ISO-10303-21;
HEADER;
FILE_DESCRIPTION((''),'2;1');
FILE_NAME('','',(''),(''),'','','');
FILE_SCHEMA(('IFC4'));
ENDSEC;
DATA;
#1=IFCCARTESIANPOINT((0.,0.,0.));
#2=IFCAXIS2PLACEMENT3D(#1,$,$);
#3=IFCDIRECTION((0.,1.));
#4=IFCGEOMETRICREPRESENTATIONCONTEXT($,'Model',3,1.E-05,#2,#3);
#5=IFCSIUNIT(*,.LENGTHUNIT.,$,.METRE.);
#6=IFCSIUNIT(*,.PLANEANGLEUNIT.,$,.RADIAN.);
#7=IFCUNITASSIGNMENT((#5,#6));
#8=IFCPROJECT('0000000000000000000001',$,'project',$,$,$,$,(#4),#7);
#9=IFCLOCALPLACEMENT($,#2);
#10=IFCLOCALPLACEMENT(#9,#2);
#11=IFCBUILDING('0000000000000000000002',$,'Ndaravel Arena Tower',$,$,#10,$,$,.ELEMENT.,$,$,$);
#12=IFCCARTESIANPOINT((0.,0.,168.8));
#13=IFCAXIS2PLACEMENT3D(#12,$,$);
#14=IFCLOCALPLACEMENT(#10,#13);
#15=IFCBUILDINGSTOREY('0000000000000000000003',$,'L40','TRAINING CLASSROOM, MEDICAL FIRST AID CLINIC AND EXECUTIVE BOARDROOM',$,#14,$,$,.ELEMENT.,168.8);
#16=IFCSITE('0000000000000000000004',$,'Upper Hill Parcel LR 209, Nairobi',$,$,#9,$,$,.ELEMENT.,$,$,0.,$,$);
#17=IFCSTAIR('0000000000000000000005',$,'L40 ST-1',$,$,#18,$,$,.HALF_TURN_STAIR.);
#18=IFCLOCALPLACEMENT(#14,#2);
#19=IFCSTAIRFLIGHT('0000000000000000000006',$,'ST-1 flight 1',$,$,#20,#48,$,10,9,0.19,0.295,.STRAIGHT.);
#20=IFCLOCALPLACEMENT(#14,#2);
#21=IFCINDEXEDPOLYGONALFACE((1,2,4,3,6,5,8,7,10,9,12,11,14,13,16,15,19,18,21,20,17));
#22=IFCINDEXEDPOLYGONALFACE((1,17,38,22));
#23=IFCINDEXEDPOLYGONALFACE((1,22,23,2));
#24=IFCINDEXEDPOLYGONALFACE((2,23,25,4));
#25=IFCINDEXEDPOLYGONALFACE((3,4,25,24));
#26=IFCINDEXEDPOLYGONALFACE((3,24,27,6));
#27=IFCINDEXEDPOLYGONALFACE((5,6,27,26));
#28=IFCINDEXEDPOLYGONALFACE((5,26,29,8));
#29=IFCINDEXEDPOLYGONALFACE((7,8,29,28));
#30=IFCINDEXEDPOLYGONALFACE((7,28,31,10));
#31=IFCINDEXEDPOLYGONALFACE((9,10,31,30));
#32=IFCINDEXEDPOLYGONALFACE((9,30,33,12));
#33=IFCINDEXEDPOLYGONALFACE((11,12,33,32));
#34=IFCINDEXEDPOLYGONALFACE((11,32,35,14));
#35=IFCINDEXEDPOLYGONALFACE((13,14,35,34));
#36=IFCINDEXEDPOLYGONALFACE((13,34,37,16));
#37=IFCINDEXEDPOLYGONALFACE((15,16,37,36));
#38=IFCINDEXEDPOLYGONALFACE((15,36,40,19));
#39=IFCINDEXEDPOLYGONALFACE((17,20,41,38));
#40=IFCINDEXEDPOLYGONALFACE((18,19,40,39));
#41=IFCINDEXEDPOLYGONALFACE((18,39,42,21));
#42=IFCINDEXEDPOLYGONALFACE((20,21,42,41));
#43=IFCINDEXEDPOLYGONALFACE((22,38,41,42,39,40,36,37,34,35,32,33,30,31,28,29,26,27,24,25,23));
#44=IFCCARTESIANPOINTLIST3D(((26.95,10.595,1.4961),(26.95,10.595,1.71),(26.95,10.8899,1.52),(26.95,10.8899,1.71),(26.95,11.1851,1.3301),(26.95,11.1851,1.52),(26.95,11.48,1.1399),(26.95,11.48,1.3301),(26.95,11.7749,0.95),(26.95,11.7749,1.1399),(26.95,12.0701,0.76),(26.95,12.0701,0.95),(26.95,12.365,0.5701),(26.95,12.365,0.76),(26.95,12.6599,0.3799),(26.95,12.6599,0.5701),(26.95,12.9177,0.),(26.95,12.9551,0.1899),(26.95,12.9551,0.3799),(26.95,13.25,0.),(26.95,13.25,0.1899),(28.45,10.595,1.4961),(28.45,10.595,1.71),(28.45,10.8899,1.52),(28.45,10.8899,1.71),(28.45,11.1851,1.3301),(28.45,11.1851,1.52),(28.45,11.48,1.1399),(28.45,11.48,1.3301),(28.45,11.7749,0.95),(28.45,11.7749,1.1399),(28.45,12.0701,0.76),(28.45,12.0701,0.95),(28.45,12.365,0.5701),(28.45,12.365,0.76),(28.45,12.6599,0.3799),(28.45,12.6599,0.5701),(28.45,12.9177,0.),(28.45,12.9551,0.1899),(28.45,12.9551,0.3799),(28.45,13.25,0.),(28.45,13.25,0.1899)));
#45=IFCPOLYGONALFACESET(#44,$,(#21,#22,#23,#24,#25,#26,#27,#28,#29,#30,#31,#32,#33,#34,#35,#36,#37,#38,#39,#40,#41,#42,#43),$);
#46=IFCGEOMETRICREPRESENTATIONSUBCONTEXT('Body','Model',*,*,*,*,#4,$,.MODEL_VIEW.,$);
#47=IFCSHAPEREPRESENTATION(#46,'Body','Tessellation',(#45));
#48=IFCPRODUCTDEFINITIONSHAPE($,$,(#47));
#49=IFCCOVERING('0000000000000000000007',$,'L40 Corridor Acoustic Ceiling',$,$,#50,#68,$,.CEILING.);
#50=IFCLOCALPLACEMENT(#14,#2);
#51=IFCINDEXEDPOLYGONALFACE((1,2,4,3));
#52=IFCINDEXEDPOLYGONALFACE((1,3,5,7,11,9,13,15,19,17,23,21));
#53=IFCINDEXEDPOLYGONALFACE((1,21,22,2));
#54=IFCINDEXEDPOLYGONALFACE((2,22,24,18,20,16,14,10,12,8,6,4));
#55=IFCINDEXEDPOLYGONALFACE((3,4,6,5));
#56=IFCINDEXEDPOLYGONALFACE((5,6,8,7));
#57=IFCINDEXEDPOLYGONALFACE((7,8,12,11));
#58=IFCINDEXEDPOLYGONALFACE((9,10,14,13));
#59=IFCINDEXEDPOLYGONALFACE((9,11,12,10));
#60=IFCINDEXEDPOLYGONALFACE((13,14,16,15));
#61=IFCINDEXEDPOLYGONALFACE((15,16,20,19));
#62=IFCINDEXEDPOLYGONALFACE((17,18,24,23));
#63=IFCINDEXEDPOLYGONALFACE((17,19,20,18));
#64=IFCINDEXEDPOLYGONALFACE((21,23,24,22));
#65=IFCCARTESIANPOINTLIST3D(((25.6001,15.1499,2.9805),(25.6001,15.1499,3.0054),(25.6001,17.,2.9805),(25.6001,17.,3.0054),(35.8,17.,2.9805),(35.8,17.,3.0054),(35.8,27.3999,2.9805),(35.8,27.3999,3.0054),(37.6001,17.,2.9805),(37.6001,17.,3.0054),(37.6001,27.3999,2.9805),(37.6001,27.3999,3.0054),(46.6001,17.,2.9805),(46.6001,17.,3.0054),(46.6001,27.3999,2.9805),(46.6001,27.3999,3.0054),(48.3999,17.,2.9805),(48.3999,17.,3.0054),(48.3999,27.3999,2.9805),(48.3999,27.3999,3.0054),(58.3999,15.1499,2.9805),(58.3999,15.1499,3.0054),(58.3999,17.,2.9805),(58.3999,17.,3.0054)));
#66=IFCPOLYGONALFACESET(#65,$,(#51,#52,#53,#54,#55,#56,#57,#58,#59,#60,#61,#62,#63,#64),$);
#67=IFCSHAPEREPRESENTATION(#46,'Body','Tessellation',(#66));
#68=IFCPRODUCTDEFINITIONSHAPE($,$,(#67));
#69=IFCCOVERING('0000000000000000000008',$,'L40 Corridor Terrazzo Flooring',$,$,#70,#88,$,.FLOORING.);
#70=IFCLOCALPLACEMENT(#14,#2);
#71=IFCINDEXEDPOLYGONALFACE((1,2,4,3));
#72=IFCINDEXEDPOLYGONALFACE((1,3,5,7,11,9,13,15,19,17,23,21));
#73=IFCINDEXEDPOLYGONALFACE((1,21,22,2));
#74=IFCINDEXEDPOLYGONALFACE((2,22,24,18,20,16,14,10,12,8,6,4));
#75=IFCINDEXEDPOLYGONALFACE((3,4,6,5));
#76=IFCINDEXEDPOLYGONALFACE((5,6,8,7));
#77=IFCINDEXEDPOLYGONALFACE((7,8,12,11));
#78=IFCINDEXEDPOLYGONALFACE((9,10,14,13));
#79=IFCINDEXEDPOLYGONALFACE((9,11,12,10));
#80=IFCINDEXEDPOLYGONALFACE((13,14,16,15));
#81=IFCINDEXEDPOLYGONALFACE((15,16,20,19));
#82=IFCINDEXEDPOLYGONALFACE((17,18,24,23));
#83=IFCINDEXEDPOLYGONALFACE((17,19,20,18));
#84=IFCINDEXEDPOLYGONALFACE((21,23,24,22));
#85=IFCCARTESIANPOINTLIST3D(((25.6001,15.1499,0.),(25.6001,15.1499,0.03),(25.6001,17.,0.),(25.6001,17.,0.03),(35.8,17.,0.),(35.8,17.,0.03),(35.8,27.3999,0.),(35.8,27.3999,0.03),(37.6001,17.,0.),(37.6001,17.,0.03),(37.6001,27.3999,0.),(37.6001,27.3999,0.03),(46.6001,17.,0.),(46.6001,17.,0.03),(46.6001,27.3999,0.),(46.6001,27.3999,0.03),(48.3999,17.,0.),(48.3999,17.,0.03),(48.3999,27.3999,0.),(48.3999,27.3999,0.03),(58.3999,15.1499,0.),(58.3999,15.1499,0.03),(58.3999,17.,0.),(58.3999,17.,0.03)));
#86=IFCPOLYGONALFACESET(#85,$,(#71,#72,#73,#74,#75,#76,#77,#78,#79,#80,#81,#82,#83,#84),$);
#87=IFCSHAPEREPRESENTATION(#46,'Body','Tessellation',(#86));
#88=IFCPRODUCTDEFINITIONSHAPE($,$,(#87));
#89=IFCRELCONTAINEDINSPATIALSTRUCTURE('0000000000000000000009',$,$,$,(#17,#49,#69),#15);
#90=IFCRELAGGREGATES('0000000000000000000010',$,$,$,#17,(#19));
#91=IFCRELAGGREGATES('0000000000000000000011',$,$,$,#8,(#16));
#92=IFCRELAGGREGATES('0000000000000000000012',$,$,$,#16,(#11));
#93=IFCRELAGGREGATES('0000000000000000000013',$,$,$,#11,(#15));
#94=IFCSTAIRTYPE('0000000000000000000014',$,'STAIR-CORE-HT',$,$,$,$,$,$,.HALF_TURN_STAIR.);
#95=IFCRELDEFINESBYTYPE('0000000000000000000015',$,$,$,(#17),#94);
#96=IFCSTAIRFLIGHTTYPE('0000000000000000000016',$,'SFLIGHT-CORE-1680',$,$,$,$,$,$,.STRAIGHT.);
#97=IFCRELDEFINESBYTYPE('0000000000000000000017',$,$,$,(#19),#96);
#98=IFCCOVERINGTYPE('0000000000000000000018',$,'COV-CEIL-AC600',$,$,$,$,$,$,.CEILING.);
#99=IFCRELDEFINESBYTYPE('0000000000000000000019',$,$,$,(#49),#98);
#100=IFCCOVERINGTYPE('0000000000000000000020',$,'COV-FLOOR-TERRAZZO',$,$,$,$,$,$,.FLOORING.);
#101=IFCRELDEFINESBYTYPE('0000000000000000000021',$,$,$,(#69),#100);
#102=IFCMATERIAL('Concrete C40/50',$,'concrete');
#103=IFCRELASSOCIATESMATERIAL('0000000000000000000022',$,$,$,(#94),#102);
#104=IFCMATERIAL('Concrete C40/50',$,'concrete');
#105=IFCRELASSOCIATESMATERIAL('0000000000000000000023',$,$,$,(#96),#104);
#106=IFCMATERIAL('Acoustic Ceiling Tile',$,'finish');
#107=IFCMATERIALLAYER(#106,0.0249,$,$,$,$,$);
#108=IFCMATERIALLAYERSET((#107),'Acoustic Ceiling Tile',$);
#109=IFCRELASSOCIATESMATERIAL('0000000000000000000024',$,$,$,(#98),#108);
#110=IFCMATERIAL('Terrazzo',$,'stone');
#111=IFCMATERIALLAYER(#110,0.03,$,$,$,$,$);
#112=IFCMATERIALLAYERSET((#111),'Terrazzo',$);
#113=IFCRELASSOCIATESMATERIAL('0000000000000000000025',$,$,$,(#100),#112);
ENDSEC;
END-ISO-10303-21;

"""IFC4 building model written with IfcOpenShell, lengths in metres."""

from ifc_helpers import new_model, si_unit, direction, frame, origin, place, context, subcontext, project, spatial, polyline, outline, extrude, material, layer, layer_set, type_object, element, aggregate, save


model = new_model("IFC4")

# Units and contexts
model_context = context("Model", 3, precision=1e-05, world=origin(), true_north=direction((0.0, 1.0)))
body_context = subcontext(model_context, "Body", "Model", "MODEL_VIEW")
ifc_project = project(units=[si_unit("LENGTHUNIT", "METRE"), si_unit("PLANEANGLEUNIT", "RADIAN")], contexts=[model_context])

# Site, building, storey
site_placement = place(None, origin())
site = spatial("IfcSite", under=ifc_project, at=site_placement, Name="Upper Hill Parcel LR 209, Nairobi", CompositionType="ELEMENT", RefElevation=0.0)
building_placement = place(site_placement, origin())
building = spatial("IfcBuilding", under=site, at=building_placement, Name="Ndaravel Arena Tower", CompositionType="ELEMENT")
storey_placement = place(building_placement, frame((0.0, 0.0, 168.8)))
storey = spatial("IfcBuildingStorey", under=building, at=storey_placement, Name="L40", Description="TRAINING CLASSROOM, MEDICAL FIRST AID CLINIC AND EXECUTIVE BOARDROOM", CompositionType="ELEMENT", Elevation=168.8)

# Stair
ifc_material_1 = material(Name="Concrete C40/50", Category="concrete")
stair_type = type_object("IfcStairType", Name="STAIR-CORE-HT", PredefinedType="HALF_TURN_STAIR", material=ifc_material_1)
stair_1_placement = place(storey_placement, origin())
stair_1 = element("IfcStair", 1, at=stair_1_placement, inside=storey, type_object=stair_type, Name="L40 ST-1", PredefinedType="HALF_TURN_STAIR")

# Stair flight
ifc_material_2 = material(Name="Concrete C40/50", Category="concrete")
stair_flight_type = type_object("IfcStairFlightType", Name="SFLIGHT-CORE-1680", PredefinedType="STRAIGHT", material=ifc_material_2)
stair_flight_placement = place(storey_placement, frame((27.7, 13.25, 0.0), z_axis=(0.0, 0.0, 1.0), x_axis=(0.0, -1.0, 0.0)))
stair_flight = element("IfcStairFlight", 2, at=stair_flight_placement, type_object=stair_flight_type, Name="ST-1 flight 1", NumberOfRisers=10, NumberOfTreads=9, PredefinedType="STRAIGHT", RiserHeight=0.19, TreadLength=0.295, context=body_context, shape_type="SweptSolid", body=[
    extrude(outline(polyline([(0.0, 0.0), (0.0, 0.1899), (0.2949, 0.1899), (0.2949, 0.3799), (0.5901, 0.3799), (0.5901, 0.5701), (0.885, 0.5701), (0.885, 0.76), (1.1799, 0.76), (1.1799, 0.95), (1.4751, 0.95), (1.4751, 1.1399), (1.77, 1.1399), (1.77, 1.3301), (2.0649, 1.3301), (2.0649, 1.52), (2.3601, 1.52), (2.3601, 1.71), (2.655, 1.71), (2.655, 1.8999), (2.655, 1.4961), (0.3323, 0.0), (0.0, 0.0)])), frame((0.0, 0.75, 0.0), z_axis=(0.0, -1.0, 0.0), x_axis=(1.0, 0.0, 0.0)), (0.0, 0.0, 1.0), 1.5),
])
aggregate(stair_1, [stair_flight])

# Coverings
ifc_material_3 = material(Name="Acoustic Ceiling Tile", Category="finish")
ifc_layer_1 = layer(ifc_material_3, 0.0249)
ifc_layer_set_1 = layer_set([ifc_layer_1], Name="Acoustic Ceiling Tile")
covering_type_1 = type_object("IfcCoveringType", Name="COV-CEIL-AC600", PredefinedType="CEILING", material=ifc_layer_set_1)
covering_1_placement = place(storey_placement, frame((0.0, 0.0, 2.9805)))
element("IfcCovering", 3, at=covering_1_placement, inside=storey, type_object=covering_type_1, Name="L40 Corridor Acoustic Ceiling", PredefinedType="CEILING", context=body_context, shape_type="SweptSolid", body=[
    extrude(outline(polyline([(58.3999, 17.0), (48.3999, 17.0), (48.3999, 27.3999), (46.6001, 27.3999), (46.6001, 17.0), (37.6001, 17.0), (37.6001, 27.3999), (35.8, 27.3999), (35.8, 17.0), (25.6001, 17.0), (25.6001, 15.1499), (58.3999, 15.1499), (58.3999, 17.0)])), origin(), (0.0, 0.0, 1.0), 0.0249),
])
ifc_material_4 = material(Name="Terrazzo", Category="stone")
ifc_layer_2 = layer(ifc_material_4, 0.03)
ifc_layer_set_2 = layer_set([ifc_layer_2], Name="Terrazzo")
covering_type_2 = type_object("IfcCoveringType", Name="COV-FLOOR-TERRAZZO", PredefinedType="FLOORING", material=ifc_layer_set_2)
covering_2_placement = place(storey_placement, origin())
element("IfcCovering", 4, at=covering_2_placement, inside=storey, type_object=covering_type_2, Name="L40 Corridor Terrazzo Flooring", PredefinedType="FLOORING", context=body_context, shape_type="SweptSolid", body=[
    extrude(outline(polyline([(58.3999, 17.0), (48.3999, 17.0), (48.3999, 27.3999), (46.6001, 27.3999), (46.6001, 17.0), (37.6001, 17.0), (37.6001, 27.3999), (35.8, 27.3999), (35.8, 17.0), (25.6001, 17.0), (25.6001, 15.1499), (58.3999, 15.1499), (58.3999, 17.0)])), origin(), (0.0, 0.0, 1.0), 0.03),
])

save(model, "model.ifc")
